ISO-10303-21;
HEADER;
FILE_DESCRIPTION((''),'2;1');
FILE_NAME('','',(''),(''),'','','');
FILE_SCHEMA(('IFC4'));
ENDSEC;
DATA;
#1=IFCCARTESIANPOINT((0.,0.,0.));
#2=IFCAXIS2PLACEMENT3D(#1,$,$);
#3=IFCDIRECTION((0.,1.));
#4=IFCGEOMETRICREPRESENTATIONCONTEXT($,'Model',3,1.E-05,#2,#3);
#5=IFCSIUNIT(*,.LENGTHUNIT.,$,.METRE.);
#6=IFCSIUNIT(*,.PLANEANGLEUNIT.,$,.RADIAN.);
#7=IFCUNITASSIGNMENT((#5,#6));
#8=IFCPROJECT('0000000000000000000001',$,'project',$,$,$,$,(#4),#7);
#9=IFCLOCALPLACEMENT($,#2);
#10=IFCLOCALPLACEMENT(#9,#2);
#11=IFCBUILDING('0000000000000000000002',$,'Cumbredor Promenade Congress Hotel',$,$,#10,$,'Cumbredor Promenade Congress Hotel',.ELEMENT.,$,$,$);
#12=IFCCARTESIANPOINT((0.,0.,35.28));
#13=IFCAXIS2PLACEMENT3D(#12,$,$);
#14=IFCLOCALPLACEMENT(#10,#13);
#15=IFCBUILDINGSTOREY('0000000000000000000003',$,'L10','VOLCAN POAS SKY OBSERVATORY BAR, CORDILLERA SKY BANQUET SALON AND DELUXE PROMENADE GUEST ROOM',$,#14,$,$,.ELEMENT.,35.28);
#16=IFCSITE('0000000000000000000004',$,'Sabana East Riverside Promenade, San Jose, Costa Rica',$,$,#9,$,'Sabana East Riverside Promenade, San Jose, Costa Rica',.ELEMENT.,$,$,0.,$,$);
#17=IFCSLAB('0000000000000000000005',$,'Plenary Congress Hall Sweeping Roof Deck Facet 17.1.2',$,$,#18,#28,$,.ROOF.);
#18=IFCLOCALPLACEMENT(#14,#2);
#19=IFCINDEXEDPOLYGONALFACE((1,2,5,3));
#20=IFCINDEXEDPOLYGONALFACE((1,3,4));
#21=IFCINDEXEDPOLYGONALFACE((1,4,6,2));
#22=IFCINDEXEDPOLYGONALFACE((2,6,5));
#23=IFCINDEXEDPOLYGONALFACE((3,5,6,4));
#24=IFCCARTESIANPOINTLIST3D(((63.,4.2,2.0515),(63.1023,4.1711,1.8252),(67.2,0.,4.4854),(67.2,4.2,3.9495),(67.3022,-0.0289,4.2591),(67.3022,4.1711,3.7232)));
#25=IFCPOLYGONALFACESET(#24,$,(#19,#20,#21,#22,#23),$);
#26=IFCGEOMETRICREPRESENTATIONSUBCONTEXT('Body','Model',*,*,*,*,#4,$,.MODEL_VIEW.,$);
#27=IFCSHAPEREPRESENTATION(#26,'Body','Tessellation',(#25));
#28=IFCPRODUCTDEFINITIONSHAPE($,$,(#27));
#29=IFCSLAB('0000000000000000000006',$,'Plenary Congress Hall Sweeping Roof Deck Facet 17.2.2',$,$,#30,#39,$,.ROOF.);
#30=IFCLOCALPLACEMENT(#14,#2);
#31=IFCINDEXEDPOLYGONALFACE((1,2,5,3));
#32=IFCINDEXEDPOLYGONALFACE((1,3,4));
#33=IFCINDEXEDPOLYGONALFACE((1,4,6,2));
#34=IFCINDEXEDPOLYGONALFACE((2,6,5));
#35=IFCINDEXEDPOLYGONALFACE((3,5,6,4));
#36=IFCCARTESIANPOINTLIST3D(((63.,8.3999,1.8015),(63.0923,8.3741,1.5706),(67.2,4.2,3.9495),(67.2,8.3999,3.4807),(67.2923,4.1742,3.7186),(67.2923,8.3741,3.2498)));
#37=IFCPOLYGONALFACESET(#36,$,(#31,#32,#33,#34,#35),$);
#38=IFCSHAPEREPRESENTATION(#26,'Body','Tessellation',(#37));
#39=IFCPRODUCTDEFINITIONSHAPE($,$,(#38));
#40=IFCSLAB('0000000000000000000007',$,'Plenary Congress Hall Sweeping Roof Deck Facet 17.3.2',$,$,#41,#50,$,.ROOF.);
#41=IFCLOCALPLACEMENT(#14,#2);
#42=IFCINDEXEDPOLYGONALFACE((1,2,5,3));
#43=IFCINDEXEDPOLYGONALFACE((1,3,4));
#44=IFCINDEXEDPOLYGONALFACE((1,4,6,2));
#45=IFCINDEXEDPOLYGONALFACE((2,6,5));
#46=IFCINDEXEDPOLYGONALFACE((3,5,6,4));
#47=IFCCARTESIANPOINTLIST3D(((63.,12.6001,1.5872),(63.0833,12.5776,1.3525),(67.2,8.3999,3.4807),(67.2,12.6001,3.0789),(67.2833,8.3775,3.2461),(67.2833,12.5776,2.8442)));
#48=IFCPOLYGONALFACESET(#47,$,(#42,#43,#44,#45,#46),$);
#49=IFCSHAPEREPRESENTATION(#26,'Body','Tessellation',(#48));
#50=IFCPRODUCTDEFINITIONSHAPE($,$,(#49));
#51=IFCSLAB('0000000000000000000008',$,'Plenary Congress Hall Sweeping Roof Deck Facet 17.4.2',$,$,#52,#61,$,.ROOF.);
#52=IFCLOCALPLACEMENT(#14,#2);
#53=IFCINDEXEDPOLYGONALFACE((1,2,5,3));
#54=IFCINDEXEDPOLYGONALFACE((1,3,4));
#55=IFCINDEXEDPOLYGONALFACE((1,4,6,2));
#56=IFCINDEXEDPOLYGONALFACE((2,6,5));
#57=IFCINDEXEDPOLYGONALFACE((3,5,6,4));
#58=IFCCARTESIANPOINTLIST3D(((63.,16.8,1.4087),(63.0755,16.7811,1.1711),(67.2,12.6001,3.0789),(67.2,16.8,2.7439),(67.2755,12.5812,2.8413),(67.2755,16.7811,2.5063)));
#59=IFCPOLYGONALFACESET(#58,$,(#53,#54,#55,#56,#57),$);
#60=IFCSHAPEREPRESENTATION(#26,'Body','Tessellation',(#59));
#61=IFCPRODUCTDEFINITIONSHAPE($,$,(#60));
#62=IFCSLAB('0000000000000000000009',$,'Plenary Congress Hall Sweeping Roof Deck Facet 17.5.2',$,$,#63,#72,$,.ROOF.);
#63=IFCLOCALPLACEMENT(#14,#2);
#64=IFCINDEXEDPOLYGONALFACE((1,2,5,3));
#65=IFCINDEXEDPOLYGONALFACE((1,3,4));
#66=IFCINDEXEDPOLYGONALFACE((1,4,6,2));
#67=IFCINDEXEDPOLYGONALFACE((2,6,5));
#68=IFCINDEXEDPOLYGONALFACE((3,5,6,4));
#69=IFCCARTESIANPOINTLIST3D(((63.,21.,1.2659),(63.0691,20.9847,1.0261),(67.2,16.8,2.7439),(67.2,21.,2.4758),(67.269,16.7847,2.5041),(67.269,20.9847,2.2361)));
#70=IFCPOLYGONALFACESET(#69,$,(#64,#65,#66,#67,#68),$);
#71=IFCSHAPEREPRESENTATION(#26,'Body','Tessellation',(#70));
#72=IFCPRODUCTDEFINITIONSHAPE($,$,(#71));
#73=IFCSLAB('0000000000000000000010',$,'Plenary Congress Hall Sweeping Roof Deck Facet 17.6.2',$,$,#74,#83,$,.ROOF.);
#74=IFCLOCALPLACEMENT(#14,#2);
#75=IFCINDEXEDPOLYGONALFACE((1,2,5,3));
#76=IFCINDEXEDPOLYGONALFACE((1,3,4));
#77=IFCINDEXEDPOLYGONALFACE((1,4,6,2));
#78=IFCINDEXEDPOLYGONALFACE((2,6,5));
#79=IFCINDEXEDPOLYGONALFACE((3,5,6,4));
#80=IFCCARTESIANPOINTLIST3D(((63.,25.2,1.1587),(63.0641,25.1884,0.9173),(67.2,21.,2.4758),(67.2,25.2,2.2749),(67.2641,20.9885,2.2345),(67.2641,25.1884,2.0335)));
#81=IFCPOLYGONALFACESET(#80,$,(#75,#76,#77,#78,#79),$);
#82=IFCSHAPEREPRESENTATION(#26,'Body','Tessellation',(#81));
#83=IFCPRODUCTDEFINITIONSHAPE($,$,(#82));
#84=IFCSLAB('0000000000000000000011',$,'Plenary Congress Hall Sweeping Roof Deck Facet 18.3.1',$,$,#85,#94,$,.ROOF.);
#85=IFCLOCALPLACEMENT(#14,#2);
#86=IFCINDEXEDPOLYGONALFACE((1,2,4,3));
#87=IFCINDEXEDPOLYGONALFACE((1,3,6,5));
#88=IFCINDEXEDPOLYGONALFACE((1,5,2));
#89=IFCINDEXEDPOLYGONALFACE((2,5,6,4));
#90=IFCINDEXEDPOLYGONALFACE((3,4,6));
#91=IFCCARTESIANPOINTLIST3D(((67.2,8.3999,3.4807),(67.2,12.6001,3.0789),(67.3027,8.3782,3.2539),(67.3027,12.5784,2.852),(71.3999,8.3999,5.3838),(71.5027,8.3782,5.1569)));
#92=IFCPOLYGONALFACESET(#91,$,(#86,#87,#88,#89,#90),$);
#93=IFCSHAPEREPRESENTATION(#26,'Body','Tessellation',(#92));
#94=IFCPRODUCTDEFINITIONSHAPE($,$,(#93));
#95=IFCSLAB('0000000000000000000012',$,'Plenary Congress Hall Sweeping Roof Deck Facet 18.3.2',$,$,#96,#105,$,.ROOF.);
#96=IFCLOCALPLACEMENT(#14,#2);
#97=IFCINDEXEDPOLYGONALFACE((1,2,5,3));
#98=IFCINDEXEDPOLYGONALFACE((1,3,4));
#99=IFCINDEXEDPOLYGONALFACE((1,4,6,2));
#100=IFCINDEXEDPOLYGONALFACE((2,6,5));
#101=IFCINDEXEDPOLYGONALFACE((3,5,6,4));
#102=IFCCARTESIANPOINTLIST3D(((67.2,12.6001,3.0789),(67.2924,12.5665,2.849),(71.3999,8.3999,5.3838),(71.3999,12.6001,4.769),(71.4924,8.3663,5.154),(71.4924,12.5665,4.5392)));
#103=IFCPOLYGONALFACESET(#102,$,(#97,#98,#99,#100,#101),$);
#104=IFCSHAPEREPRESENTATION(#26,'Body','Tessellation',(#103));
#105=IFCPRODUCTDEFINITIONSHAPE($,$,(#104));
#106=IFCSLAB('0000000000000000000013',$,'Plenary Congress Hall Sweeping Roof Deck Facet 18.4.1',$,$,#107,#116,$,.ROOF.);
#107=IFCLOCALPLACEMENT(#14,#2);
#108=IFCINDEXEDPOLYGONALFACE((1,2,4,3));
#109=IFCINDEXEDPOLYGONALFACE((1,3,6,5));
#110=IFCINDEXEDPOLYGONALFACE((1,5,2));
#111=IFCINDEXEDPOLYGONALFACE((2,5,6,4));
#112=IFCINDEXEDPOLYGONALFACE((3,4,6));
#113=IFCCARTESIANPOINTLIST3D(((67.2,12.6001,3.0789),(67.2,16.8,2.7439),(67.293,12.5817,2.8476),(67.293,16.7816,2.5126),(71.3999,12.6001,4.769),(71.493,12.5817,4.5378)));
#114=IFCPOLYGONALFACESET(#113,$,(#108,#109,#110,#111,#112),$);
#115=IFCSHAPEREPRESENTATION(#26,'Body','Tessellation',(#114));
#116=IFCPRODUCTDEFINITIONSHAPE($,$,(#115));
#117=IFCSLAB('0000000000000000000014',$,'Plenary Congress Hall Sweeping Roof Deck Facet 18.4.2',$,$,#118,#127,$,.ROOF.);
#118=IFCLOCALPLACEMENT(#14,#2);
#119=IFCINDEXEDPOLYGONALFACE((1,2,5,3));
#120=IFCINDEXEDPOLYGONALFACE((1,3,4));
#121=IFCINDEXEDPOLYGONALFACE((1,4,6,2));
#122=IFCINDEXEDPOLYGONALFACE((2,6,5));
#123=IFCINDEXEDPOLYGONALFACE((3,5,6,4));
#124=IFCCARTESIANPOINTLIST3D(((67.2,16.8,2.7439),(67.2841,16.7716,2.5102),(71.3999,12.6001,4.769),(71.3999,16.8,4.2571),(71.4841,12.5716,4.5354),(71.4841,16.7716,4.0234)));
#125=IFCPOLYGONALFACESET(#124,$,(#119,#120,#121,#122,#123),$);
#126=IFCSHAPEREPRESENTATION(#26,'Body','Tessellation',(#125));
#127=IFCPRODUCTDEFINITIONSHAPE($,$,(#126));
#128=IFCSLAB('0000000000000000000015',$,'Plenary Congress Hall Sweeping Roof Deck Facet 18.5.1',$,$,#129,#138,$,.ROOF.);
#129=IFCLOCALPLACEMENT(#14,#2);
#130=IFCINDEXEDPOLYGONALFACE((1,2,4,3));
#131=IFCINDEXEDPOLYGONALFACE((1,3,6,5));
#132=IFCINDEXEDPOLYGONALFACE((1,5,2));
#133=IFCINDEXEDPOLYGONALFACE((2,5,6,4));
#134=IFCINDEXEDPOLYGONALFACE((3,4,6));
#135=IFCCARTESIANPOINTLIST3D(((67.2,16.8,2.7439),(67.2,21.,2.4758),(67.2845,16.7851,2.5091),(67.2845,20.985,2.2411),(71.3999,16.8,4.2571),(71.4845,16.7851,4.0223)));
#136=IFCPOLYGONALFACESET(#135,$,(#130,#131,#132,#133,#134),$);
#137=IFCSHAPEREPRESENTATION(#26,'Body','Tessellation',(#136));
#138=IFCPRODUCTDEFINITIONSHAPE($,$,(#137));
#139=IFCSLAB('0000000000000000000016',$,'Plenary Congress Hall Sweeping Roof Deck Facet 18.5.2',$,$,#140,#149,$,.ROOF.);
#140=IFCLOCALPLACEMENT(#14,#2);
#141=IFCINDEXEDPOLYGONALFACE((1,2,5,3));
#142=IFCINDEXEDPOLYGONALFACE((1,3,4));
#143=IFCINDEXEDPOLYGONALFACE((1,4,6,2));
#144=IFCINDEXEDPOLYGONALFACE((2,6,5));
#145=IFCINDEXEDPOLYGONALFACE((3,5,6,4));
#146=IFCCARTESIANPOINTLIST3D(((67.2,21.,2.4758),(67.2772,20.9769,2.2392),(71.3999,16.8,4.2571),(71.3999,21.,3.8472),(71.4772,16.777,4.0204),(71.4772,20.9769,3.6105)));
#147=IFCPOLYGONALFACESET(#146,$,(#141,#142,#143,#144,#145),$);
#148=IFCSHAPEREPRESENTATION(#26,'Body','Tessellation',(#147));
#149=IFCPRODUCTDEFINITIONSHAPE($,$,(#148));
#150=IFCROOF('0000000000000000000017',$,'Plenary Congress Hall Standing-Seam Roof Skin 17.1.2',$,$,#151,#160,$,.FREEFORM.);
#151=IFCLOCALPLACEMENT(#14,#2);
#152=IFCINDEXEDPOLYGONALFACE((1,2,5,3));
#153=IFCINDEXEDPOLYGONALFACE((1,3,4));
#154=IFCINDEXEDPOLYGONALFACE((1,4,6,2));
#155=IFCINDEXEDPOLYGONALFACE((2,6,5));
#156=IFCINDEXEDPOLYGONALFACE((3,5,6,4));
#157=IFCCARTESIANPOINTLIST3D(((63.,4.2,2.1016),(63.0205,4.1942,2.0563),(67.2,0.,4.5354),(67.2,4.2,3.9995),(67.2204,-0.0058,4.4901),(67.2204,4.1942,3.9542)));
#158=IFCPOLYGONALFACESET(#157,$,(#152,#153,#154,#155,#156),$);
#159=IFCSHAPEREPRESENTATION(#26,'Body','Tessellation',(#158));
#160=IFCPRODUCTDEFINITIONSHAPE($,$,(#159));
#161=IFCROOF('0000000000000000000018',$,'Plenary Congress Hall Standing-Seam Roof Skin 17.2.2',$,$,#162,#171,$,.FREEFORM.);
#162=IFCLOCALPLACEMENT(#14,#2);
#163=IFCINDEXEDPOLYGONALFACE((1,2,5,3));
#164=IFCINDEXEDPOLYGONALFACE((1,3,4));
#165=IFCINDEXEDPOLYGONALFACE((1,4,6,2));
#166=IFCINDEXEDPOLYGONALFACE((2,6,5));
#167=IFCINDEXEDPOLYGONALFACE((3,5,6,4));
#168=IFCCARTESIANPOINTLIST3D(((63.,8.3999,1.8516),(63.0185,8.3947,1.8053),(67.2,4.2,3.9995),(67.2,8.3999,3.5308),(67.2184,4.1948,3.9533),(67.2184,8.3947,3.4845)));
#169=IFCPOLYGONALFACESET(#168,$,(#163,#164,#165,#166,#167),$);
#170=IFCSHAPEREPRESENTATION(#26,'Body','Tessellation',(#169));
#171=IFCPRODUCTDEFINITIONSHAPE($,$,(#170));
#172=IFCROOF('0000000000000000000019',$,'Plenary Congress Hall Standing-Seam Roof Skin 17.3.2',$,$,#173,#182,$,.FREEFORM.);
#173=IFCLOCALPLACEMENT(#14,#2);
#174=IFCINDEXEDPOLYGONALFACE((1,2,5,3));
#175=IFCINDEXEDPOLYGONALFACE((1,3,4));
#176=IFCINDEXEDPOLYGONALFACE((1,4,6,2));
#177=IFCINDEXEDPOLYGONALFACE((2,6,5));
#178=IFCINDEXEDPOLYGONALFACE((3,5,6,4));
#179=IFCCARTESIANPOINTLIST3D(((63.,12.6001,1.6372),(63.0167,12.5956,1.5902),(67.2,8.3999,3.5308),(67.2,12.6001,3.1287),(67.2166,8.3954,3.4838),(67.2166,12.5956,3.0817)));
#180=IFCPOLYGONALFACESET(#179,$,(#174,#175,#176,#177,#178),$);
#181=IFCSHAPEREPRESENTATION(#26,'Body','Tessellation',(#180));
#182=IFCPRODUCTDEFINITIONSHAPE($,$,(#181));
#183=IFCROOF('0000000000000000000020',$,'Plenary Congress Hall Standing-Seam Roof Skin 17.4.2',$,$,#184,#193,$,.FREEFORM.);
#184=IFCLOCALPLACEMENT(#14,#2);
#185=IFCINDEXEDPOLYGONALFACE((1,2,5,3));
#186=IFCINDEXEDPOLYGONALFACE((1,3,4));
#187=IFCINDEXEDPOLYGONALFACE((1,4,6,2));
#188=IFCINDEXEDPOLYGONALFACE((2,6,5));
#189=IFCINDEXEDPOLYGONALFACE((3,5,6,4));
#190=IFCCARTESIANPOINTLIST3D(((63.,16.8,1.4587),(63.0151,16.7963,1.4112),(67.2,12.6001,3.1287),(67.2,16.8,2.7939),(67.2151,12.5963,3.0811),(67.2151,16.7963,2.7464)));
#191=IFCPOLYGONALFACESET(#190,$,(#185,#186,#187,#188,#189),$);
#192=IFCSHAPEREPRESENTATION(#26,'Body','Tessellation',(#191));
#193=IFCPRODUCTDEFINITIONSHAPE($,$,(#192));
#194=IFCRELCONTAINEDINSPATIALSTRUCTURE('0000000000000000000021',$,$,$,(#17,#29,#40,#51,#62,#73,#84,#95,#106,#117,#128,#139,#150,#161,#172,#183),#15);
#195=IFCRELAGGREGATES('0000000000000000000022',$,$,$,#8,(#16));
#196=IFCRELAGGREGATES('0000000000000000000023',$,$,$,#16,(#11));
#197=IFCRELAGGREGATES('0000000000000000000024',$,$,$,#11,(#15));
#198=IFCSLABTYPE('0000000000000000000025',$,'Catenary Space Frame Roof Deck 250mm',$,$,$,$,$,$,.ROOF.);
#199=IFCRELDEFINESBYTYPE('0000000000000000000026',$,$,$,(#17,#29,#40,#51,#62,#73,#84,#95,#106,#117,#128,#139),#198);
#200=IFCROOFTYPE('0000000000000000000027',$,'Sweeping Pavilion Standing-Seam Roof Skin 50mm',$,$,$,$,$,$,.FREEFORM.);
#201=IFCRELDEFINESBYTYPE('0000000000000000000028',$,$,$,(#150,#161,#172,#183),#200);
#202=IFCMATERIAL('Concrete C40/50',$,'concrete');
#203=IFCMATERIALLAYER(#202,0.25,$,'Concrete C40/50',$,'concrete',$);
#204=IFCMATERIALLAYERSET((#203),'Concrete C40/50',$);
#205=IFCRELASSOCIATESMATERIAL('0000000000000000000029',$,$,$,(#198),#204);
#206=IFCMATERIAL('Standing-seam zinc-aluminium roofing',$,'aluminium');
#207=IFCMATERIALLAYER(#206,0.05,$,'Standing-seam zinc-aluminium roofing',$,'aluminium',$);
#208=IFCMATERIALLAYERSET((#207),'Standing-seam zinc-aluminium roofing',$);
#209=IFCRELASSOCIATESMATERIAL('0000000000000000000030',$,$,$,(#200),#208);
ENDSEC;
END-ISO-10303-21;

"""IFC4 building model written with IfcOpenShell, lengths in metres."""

from ifc_helpers import new_model, si_unit, direction, frame, origin, place, context, subcontext, project, spatial, polyline, outline, extrude, material, layer, layer_set, type_object, element, save


model = new_model("IFC4")

# Units and contexts
model_context = context("Model", 3, precision=1e-05, world=origin(), true_north=direction((0.0, 1.0)))
body_context = subcontext(model_context, "Body", "Model", "MODEL_VIEW")
ifc_project = project(units=[si_unit("LENGTHUNIT", "METRE"), si_unit("PLANEANGLEUNIT", "RADIAN")], contexts=[model_context])

# Site, building, storey
site_placement = place(None, origin())
site = spatial("IfcSite", under=ifc_project, at=site_placement, Name="Sabana East Riverside Promenade, San Jose, Costa Rica", LongName="Sabana East Riverside Promenade, San Jose, Costa Rica", CompositionType="ELEMENT", RefElevation=0.0)
building_placement = place(site_placement, origin())
building = spatial("IfcBuilding", under=site, at=building_placement, Name="Cumbredor Promenade Congress Hotel", LongName="Cumbredor Promenade Congress Hotel", CompositionType="ELEMENT")
storey_placement = place(building_placement, frame((0.0, 0.0, 35.28)))
storey = spatial("IfcBuildingStorey", under=building, at=storey_placement, Name="L10", Description="VOLCAN POAS SKY OBSERVATORY BAR, CORDILLERA SKY BANQUET SALON AND DELUXE PROMENADE GUEST ROOM", CompositionType="ELEMENT", Elevation=35.28)

# Slabs
ifc_material_1 = material(Name="Concrete C40/50", Category="concrete")
ifc_layer_1 = layer(ifc_material_1, 0.25, Name="Concrete C40/50", Category="concrete")
ifc_layer_set_1 = layer_set([ifc_layer_1], Name="Concrete C40/50")
slab_type = type_object("IfcSlabType", Name="Catenary Space Frame Roof Deck 250mm", PredefinedType="ROOF", material=ifc_layer_set_1)
slab_1_placement = place(storey_placement, frame((67.2, 0.0, 4.4854), z_axis=(-0.409047, 0.115495, 0.905175), x_axis=(0.0, 0.991958, -0.126568)))
element("IfcSlab", 1, at=slab_1_placement, inside=storey, type_object=slab_type, Name="Plenary Congress Hall Sweeping Roof Deck Facet 17.1.2", PredefinedType="ROOF", context=body_context, shape_type="SweptSolid", body=[
    extrude(outline(polyline([(0.0, 0.0), (4.234, 0.0), (4.4742, 4.6026), (0.0, 0.0)])), origin(), (0.0, 0.0, -1.0), 0.25),
])
slab_2_placement = place(storey_placement, frame((67.2, 4.2, 3.9495), z_axis=(-0.369264, 0.10308, 0.92359), x_axis=(0.0, 0.993829, -0.11092)))
element("IfcSlab", 2, at=slab_2_placement, inside=storey, type_object=slab_type, Name="Plenary Congress Hall Sweeping Roof Deck Facet 17.2.2", PredefinedType="ROOF", context=body_context, shape_type="SweptSolid", body=[
    extrude(outline(polyline([(0.0, 0.0), (4.226, 0.0), (4.4123, 4.5194), (0.0, 0.0)])), origin(), (0.0, 0.0, -1.0), 0.25),
])
slab_3_placement = place(storey_placement, frame((67.2, 8.3999, 3.4807), z_axis=(-0.333336, 0.089794, 0.938523), x_axis=(0.0, 0.995454, -0.095241)))
element("IfcSlab", 3, at=slab_3_placement, inside=storey, type_object=slab_type, Name="Plenary Congress Hall Sweeping Roof Deck Facet 17.3.2", PredefinedType="ROOF", context=body_context, shape_type="SweptSolid", body=[
    extrude(outline(polyline([(0.0, 0.0), (4.2194, 0.0), (4.3614, 4.4547), (0.0, 0.0)])), origin(), (0.0, 0.0, -1.0), 0.25),
])
slab_4_placement = place(storey_placement, frame((67.2, 12.6001, 3.0789), z_axis=(-0.302097, 0.075787, 0.95026), x_axis=(0.0, 0.996835, -0.079501)))
element("IfcSlab", 4, at=slab_4_placement, inside=storey, type_object=slab_type, Name="Plenary Congress Hall Sweeping Roof Deck Facet 17.4.2", PredefinedType="ROOF", context=body_context, shape_type="SweptSolid", body=[
    extrude(outline(polyline([(0.0, 0.0), (4.2133, 0.0), (4.3194, 4.4058), (0.0, 0.0)])), origin(), (0.0, 0.0, -1.0), 0.25),
])
slab_5_placement = place(storey_placement, frame((67.2, 16.8, 2.7439), z_axis=(-0.276311, 0.061217, 0.959117), x_axis=(0.0, 0.997969, -0.063696)))
element("IfcSlab", 5, at=slab_5_placement, inside=storey, type_object=slab_type, Name="Plenary Congress Hall Sweeping Roof Deck Facet 17.5.2", PredefinedType="ROOF", context=body_context, shape_type="SweptSolid", body=[
    extrude(outline(polyline([(0.0, 0.0), (4.2085, 0.0), (4.2856, 4.3701), (0.0, 0.0)])), origin(), (0.0, 0.0, -1.0), 0.25),
])
slab_6_placement = place(storey_placement, frame((67.2, 21.0, 2.4758), z_axis=(-0.256577, 0.046186, 0.96542), x_axis=(0.0, 0.998858, -0.047786)))
element("IfcSlab", 6, at=slab_6_placement, inside=storey, type_object=slab_type, Name="Plenary Congress Hall Sweeping Roof Deck Facet 17.6.2", PredefinedType="ROOF", context=body_context, shape_type="SweptSolid", body=[
    extrude(outline(polyline([(0.0, 0.0), (4.2048, 0.0), (4.2581, 4.3454), (0.0, 0.0)])), origin(), (0.0, 0.0, -1.0), 0.25),
])
slab_7_placement = place(storey_placement, frame((67.2, 8.3999, 3.4807), z_axis=(-0.411167, 0.086817, 0.907416), x_axis=(0.910855, 0.0, 0.412726)))
element("IfcSlab", 7, at=slab_7_placement, inside=storey, type_object=slab_type, Name="Plenary Congress Hall Sweeping Roof Deck Facet 18.3.1", PredefinedType="ROOF", context=body_context, shape_type="SweptSolid", body=[
    extrude(outline(polyline([(0.0, 0.0), (4.611, 0.0), (-0.1659, 4.2161), (0.0, 0.0)])), origin(), (0.0, 0.0, -1.0), 0.25),
])
slab_8_placement = place(storey_placement, frame((71.3999, 8.3999, 5.3838), z_axis=(-0.369939, 0.134544, 0.919262), x_axis=(0.0, 0.989458, -0.144818)))
element("IfcSlab", 8, at=slab_8_placement, inside=storey, type_object=slab_type, Name="Plenary Congress Hall Sweeping Roof Deck Facet 18.3.2", PredefinedType="ROOF", context=body_context, shape_type="SweptSolid", body=[
    extrude(outline(polyline([(0.0, 0.0), (4.2449, 0.0), (4.4897, 4.5207), (0.0, 0.0)])), origin(), (0.0, 0.0, -1.0), 0.25),
])
slab_9_placement = place(storey_placement, frame((67.2, 12.6001, 3.0789), z_axis=(-0.372315, 0.073785, 0.925169), x_axis=(0.927697, 0.0, 0.373333)))
element("IfcSlab", 9, at=slab_9_placement, inside=storey, type_object=slab_type, Name="Plenary Congress Hall Sweeping Roof Deck Facet 18.4.1", PredefinedType="ROOF", context=body_context, shape_type="SweptSolid", body=[
    extrude(outline(polyline([(0.0, 0.0), (4.5273, 0.0), (-0.1251, 4.2114), (0.0, 0.0)])), origin(), (0.0, 0.0, -1.0), 0.25),
])
slab_10_placement = place(storey_placement, frame((71.3999, 12.6001, 4.769), z_axis=(-0.33675, 0.113934, 0.934675), x_axis=(0.0, 0.992652, -0.121002)))
element("IfcSlab", 10, at=slab_10_placement, inside=storey, type_object=slab_type, Name="Plenary Congress Hall Sweeping Roof Deck Facet 18.4.2", PredefinedType="ROOF", context=body_context, shape_type="SweptSolid", body=[
    extrude(outline(polyline([(0.0, 0.0), (4.231, 0.0), (4.4141, 4.4605), (0.0, 0.0)])), origin(), (0.0, 0.0, -1.0), 0.25),
])
slab_11_placement = place(storey_placement, frame((67.2, 16.8, 2.7439), z_axis=(-0.338348, 0.05994, 0.93911), x_axis=(0.940802, 0.0, 0.338958)))
element("IfcSlab", 11, at=slab_11_placement, inside=storey, type_object=slab_type, Name="Plenary Congress Hall Sweeping Roof Deck Facet 18.5.1", PredefinedType="ROOF", context=body_context, shape_type="SweptSolid", body=[
    extrude(outline(polyline([(0.0, 0.0), (4.4642, 0.0), (-0.0909, 4.2075), (0.0, 0.0)])), origin(), (0.0, 0.0, -1.0), 0.25),
])
slab_12_placement = place(storey_placement, frame((71.3999, 16.8, 4.2571), z_axis=(-0.309059, 0.092382, 0.946545), x_axis=(0.0, 0.995271, -0.097138)))
element("IfcSlab", 12, at=slab_12_placement, inside=storey, type_object=slab_type, Name="Plenary Congress Hall Sweeping Roof Deck Facet 18.5.2", PredefinedType="ROOF", context=body_context, shape_type="SweptSolid", body=[
    extrude(outline(polyline([(0.0, 0.0), (4.2199, 0.0), (4.3531, 4.4162), (0.0, 0.0)])), origin(), (0.0, 0.0, -1.0), 0.25),
])

# Roofs
ifc_material_2 = material(Name="Standing-seam zinc-aluminium roofing", Category="aluminium")
ifc_layer_2 = layer(ifc_material_2, 0.05, Name="Standing-seam zinc-aluminium roofing", Category="aluminium")
ifc_layer_set_2 = layer_set([ifc_layer_2], Name="Standing-seam zinc-aluminium roofing")
roof_type = type_object("IfcRoofType", Name="Sweeping Pavilion Standing-Seam Roof Skin 50mm", PredefinedType="FREEFORM", material=ifc_layer_set_2)
roof_1_placement = place(storey_placement, frame((67.2, 0.0, 4.5354), z_axis=(-0.409047, 0.115495, 0.905175), x_axis=(0.0, 0.991958, -0.126568)))
element("IfcRoof", 13, at=roof_1_placement, inside=storey, type_object=roof_type, Name="Plenary Congress Hall Standing-Seam Roof Skin 17.1.2", PredefinedType="FREEFORM", context=body_context, shape_type="SweptSolid", body=[
    extrude(outline(polyline([(0.0, 0.0), (4.234, 0.0), (4.4742, 4.6026), (0.0, 0.0)])), origin(), (0.0, 0.0, -1.0), 0.05),
])
roof_2_placement = place(storey_placement, frame((67.2, 4.2, 3.9995), z_axis=(-0.369264, 0.10308, 0.92359), x_axis=(0.0, 0.993829, -0.11092)))
element("IfcRoof", 14, at=roof_2_placement, inside=storey, type_object=roof_type, Name="Plenary Congress Hall Standing-Seam Roof Skin 17.2.2", PredefinedType="FREEFORM", context=body_context, shape_type="SweptSolid", body=[
    extrude(outline(polyline([(0.0, 0.0), (4.226, 0.0), (4.4123, 4.5194), (0.0, 0.0)])), origin(), (0.0, 0.0, -1.0), 0.05),
])
roof_3_placement = place(storey_placement, frame((67.2, 8.3999, 3.5308), z_axis=(-0.333285, 0.089849, 0.938535), x_axis=(0.0, 0.995449, -0.095298)))
element("IfcRoof", 15, at=roof_3_placement, inside=storey, type_object=roof_type, Name="Plenary Congress Hall Standing-Seam Roof Skin 17.3.2", PredefinedType="FREEFORM", context=body_context, shape_type="SweptSolid", body=[
    extrude(outline(polyline([(0.0, 0.0), (4.2194, 0.0), (4.3615, 4.4546), (0.0, 0.0)])), origin(), (0.0, 0.0, -1.0), 0.05),
])
roof_4_placement = place(storey_placement, frame((67.2, 12.6001, 3.1287), z_axis=(-0.302098, 0.075732, 0.950264), x_axis=(0.0, 0.996839, -0.079444)))
element("IfcRoof", 16, at=roof_4_placement, inside=storey, type_object=roof_type, Name="Plenary Congress Hall Standing-Seam Roof Skin 17.4.2", PredefinedType="FREEFORM", context=body_context, shape_type="SweptSolid", body=[
    extrude(outline(polyline([(0.0, 0.0), (4.2133, 0.0), (4.3193, 4.4058), (0.0, 0.0)])), origin(), (0.0, 0.0, -1.0), 0.05),
])

save(model, "model.ifc")
